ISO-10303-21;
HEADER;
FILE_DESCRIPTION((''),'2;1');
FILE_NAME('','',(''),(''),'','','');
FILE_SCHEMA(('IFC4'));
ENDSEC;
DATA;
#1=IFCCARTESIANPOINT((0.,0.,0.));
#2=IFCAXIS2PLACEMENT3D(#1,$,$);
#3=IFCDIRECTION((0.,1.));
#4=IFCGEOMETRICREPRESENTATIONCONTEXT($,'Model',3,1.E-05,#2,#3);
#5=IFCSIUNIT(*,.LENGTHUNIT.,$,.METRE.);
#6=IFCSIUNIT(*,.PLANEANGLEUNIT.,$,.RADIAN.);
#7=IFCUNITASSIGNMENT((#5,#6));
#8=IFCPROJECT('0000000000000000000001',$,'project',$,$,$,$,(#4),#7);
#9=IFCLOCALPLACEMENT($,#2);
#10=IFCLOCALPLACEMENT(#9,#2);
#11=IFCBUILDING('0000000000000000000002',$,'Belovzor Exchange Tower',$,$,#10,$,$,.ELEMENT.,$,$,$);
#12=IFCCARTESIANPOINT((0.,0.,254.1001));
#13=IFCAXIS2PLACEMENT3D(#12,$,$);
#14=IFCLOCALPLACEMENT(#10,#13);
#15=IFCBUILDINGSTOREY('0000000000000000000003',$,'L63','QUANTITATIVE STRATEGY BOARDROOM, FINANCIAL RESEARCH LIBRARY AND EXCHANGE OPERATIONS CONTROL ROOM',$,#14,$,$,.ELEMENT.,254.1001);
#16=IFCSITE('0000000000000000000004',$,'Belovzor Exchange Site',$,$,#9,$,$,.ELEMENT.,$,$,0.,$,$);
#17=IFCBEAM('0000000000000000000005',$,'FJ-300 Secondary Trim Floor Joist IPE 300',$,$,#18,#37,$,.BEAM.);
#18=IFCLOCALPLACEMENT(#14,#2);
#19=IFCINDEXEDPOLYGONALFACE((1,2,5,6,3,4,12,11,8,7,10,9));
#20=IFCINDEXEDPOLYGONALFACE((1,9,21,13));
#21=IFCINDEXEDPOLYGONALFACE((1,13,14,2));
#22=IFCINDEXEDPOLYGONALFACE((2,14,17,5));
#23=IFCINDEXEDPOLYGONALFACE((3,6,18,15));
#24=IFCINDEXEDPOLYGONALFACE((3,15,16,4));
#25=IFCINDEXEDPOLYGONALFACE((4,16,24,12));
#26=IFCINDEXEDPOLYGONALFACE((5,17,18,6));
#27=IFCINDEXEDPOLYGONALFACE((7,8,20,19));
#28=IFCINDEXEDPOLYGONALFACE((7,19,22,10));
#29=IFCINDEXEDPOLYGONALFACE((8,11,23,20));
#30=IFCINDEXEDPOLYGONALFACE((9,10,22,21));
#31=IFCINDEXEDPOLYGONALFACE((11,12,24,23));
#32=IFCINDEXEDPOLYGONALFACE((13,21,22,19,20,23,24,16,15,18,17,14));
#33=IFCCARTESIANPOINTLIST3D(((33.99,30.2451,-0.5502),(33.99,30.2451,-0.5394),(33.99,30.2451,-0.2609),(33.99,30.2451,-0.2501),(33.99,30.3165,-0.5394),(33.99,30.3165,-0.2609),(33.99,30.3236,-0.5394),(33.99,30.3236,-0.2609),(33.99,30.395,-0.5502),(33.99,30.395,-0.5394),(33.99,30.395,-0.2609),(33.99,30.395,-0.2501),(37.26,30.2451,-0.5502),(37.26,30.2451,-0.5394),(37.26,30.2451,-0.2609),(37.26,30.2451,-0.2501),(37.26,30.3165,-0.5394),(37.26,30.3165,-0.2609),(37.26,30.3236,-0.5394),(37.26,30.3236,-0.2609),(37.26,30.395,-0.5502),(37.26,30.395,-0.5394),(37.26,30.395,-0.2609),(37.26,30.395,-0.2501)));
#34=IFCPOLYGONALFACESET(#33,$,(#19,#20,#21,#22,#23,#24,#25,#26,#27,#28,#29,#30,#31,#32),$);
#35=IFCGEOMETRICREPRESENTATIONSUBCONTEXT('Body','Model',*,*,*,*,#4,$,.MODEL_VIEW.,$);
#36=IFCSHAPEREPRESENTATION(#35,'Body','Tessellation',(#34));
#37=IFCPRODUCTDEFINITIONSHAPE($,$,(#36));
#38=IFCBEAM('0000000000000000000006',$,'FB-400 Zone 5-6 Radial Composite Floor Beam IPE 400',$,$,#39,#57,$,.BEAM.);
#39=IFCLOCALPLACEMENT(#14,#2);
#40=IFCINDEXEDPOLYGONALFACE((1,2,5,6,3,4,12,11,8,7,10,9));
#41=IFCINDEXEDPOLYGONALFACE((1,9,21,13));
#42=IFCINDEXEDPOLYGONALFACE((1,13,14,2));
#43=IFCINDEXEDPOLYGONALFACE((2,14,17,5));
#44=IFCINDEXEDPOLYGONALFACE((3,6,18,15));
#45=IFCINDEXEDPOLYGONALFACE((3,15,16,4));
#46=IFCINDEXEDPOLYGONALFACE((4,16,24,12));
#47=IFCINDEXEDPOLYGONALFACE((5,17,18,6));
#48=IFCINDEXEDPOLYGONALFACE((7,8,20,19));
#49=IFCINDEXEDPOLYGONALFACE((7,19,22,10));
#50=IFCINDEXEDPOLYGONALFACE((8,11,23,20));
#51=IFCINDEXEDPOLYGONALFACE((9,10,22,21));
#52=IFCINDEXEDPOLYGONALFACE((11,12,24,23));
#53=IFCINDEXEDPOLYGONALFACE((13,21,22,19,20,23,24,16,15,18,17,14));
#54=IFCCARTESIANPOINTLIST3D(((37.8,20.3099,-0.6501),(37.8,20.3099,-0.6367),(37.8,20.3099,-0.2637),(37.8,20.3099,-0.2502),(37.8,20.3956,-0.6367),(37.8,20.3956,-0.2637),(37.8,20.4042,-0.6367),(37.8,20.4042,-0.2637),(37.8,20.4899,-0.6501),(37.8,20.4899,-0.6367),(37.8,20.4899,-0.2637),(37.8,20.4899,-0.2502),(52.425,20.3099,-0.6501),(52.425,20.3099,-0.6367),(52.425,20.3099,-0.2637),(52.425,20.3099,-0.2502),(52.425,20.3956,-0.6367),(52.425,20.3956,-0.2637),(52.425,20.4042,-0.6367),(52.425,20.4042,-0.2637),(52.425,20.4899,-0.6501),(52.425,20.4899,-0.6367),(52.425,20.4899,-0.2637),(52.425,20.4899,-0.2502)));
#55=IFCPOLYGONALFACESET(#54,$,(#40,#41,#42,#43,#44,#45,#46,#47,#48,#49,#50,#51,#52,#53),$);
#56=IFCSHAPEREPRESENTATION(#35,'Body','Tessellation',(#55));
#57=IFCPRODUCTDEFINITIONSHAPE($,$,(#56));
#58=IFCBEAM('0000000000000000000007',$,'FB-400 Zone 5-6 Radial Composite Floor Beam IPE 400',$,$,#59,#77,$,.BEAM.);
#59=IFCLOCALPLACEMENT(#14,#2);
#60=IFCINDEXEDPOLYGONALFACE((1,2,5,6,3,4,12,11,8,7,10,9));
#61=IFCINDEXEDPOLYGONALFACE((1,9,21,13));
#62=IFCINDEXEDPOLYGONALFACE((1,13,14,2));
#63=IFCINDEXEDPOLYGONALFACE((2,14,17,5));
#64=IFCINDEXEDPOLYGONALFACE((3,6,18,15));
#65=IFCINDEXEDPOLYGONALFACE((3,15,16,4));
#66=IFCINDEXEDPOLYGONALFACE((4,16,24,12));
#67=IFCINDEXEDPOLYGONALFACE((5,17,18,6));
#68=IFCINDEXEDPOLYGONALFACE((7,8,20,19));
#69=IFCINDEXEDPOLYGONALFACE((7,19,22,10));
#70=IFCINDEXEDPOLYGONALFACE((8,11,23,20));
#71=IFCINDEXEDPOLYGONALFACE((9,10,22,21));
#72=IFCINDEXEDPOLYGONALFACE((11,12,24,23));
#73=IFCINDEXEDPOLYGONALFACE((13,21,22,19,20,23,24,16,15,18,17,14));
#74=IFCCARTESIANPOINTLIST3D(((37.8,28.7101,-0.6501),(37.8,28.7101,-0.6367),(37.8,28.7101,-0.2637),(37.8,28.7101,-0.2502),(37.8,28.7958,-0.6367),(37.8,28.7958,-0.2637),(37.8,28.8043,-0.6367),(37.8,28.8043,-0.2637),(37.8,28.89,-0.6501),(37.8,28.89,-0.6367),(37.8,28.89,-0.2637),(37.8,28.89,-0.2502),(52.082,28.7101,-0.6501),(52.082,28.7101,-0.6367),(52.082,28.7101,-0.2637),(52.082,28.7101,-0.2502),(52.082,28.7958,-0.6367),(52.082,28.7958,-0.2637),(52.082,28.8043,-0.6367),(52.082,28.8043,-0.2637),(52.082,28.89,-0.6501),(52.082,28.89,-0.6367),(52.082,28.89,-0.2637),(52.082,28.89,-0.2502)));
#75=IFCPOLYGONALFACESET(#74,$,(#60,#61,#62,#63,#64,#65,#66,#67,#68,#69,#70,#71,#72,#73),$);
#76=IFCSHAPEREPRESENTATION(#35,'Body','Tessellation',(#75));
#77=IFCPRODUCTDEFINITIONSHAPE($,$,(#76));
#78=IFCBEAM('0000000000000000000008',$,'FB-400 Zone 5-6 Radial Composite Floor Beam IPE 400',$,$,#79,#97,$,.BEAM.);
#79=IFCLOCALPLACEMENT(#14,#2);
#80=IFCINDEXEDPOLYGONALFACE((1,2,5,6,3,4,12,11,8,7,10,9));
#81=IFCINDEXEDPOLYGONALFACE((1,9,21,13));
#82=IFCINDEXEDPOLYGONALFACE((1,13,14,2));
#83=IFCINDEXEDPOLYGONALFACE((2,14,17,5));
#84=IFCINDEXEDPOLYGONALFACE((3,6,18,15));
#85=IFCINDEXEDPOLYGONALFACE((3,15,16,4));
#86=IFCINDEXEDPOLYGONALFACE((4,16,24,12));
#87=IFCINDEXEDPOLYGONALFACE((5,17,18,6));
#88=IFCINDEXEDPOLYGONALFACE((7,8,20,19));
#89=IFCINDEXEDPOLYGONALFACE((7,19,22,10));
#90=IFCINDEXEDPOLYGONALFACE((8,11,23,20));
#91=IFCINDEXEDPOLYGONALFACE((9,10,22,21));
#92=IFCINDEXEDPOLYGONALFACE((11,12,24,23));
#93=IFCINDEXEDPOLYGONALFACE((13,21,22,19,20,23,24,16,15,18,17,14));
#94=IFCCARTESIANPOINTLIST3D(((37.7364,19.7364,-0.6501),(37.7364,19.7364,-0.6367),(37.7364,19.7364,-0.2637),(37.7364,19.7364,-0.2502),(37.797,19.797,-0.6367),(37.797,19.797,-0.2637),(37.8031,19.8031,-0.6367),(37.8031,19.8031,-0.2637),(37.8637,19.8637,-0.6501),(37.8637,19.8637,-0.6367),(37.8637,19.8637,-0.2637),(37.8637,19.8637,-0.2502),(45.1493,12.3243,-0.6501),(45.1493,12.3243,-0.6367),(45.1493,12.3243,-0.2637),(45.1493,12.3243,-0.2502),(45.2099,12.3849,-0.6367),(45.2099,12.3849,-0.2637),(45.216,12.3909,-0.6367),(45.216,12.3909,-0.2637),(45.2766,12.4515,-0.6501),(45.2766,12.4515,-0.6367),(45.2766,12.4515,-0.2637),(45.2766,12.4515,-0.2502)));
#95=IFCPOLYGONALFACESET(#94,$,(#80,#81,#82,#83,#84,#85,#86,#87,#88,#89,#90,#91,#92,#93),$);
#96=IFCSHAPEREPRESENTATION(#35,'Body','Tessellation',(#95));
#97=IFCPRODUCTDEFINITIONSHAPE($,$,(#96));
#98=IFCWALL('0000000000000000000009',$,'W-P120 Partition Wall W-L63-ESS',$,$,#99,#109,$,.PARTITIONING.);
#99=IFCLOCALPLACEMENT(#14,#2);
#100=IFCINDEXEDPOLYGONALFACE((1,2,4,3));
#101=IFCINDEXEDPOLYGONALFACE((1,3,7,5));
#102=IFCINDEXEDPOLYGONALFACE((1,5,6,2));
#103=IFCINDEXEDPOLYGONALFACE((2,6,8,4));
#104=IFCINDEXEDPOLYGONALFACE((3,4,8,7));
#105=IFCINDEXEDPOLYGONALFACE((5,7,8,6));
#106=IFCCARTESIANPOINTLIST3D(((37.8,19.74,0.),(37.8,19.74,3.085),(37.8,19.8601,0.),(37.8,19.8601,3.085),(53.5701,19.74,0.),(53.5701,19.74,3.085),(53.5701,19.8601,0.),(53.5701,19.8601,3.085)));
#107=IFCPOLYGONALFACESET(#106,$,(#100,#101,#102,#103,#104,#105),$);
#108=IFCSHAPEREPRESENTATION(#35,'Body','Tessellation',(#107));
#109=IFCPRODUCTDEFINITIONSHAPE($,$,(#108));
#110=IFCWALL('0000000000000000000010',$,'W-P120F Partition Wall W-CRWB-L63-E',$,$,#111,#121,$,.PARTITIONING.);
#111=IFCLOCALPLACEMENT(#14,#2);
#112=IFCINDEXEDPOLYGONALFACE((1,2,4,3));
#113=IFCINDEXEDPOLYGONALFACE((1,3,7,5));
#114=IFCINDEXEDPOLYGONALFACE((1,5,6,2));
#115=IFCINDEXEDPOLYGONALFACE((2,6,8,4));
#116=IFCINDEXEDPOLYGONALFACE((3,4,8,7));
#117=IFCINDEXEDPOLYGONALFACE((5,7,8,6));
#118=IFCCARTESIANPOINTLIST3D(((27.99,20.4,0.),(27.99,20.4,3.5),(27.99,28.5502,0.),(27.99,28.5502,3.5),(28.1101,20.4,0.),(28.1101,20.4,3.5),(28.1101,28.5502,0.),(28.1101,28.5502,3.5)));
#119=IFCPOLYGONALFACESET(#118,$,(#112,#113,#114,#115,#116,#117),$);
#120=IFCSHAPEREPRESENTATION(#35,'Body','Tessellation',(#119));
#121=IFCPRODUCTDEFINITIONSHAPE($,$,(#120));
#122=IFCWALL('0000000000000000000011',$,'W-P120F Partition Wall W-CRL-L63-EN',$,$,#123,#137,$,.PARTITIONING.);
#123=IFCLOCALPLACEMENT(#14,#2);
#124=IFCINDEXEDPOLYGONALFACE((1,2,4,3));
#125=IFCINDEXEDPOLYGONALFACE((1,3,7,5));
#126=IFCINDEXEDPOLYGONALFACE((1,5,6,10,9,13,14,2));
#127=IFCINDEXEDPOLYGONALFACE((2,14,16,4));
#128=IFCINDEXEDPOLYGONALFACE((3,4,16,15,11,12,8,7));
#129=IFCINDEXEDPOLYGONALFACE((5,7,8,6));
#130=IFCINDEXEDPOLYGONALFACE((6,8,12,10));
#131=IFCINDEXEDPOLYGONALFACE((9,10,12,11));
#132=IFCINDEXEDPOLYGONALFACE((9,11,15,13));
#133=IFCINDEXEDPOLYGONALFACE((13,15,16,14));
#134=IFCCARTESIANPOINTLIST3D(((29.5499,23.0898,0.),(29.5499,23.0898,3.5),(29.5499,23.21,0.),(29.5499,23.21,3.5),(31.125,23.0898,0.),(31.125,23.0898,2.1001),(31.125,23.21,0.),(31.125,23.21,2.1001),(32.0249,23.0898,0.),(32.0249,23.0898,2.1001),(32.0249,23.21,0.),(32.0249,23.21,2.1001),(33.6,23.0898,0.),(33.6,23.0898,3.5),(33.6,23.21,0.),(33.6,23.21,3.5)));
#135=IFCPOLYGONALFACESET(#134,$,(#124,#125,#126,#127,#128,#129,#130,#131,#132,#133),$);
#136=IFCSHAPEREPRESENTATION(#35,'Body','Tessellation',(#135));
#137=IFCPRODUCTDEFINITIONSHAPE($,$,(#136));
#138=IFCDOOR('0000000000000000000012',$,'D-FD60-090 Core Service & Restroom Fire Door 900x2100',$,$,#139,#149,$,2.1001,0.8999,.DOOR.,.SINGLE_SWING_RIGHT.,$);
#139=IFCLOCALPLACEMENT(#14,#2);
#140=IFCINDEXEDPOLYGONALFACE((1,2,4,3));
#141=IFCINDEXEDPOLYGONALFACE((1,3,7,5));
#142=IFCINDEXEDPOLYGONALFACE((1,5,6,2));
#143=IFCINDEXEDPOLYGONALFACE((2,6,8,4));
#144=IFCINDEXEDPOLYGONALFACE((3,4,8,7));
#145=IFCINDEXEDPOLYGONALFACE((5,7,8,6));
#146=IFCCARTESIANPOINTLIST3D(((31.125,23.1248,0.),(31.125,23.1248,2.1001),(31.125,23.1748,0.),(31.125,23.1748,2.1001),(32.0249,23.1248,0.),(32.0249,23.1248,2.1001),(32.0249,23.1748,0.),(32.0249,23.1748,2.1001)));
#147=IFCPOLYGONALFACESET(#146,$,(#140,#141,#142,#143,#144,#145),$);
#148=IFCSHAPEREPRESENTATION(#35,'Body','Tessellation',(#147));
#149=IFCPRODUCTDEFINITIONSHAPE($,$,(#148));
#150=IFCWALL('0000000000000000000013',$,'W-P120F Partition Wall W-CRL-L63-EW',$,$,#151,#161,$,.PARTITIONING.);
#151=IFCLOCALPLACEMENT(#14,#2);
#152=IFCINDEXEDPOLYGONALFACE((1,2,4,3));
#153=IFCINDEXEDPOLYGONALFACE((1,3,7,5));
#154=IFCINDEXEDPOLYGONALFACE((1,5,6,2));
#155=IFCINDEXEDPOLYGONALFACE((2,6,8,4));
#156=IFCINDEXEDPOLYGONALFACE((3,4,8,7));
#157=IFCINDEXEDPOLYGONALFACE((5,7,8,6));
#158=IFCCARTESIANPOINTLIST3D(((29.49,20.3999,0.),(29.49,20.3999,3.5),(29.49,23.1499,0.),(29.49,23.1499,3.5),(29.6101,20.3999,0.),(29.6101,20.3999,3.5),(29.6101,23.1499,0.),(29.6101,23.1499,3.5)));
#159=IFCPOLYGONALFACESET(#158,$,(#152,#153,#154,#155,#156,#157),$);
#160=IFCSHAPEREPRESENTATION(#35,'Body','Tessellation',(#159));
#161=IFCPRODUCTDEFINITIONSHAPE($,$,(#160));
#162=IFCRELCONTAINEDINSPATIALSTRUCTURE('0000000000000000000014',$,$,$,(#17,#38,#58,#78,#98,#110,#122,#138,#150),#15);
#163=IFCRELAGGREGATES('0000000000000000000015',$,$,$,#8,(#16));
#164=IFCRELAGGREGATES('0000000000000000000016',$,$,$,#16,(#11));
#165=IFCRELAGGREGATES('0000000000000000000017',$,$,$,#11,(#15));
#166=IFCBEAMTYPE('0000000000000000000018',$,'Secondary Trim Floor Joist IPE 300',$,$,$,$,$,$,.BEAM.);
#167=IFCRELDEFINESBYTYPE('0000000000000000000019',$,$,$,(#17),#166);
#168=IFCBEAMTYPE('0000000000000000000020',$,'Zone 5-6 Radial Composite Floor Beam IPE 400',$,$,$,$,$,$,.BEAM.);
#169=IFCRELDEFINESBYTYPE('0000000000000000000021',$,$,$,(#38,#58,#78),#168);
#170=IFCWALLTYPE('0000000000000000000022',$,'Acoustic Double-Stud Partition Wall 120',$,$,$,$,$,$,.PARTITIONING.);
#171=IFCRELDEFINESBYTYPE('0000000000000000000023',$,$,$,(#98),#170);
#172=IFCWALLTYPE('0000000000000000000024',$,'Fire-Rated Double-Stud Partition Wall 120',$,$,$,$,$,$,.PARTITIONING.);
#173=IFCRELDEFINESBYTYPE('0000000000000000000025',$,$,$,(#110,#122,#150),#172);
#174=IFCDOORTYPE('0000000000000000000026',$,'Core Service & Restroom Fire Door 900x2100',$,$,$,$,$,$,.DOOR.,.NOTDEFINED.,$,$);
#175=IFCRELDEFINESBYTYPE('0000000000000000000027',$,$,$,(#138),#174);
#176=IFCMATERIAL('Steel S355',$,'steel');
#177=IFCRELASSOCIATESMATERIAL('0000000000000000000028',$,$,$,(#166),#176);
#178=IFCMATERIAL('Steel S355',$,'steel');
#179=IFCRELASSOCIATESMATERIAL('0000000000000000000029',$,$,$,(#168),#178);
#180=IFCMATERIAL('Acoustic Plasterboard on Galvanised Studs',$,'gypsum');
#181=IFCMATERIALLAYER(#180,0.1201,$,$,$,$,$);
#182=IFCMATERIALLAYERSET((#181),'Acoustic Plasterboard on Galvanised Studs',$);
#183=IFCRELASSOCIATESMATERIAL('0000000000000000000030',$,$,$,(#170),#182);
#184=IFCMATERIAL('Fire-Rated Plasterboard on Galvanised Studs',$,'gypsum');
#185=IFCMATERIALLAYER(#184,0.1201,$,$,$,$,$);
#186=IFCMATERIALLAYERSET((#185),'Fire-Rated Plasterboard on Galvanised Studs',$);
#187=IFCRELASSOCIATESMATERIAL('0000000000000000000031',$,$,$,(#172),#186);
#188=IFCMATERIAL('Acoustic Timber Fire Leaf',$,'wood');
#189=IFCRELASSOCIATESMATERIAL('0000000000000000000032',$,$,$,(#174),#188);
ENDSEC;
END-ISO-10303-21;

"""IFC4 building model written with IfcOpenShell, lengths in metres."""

from ifc_helpers import new_model, si_unit, direction, frame, frame_2d, origin, origin_2d, place, context, subcontext, project, spatial, rectangle, i_section, extrude, material, layer, layer_set, material_profile, profile_set, type_object, element, fill, save


model = new_model("IFC4")

# Units and contexts
model_context = context("Model", 3, precision=1e-05, world=origin(), true_north=direction((0.0, 1.0)))
body_context = subcontext(model_context, "Body", "Model", "MODEL_VIEW")
ifc_project = project(units=[si_unit("LENGTHUNIT", "METRE"), si_unit("PLANEANGLEUNIT", "RADIAN")], contexts=[model_context])

# Site, building, storey
site_placement = place(None, origin())
site = spatial("IfcSite", under=ifc_project, at=site_placement, Name="Belovzor Exchange Site", CompositionType="ELEMENT", RefElevation=0.0)
building_placement = place(site_placement, origin())
building = spatial("IfcBuilding", under=site, at=building_placement, Name="Belovzor Exchange Tower", CompositionType="ELEMENT")
storey_placement = place(building_placement, frame((0.0, 0.0, 254.1001)))
storey = spatial("IfcBuildingStorey", under=building, at=storey_placement, Name="L63", Description="QUANTITATIVE STRATEGY BOARDROOM, FINANCIAL RESEARCH LIBRARY AND EXCHANGE OPERATIONS CONTROL ROOM", CompositionType="ELEMENT", Elevation=254.1001)

# Beams
ifc_material_1 = material(Name="Steel S355", Category="steel")
ifc_material_profile_1 = material_profile(ifc_material_1, i_section(OverallWidth=0.1499, OverallDepth=0.3, WebThickness=0.0071, FlangeThickness=0.0107, at=origin_2d()))
ifc_profile_set_1 = profile_set([ifc_material_profile_1], Name="Steel S355")
beam_type_1 = type_object("IfcBeamType", Name="Secondary Trim Floor Joist IPE 300", PredefinedType="BEAM", material=ifc_profile_set_1)
beam_1_placement = place(storey_placement, frame((37.26, 30.3201, -0.4001), z_axis=(-1.0, 0.0, 0.0), x_axis=(0.0, -1.0, 0.0)))
element("IfcBeam", 1, at=beam_1_placement, inside=storey, type_object=beam_type_1, Name="FJ-300 Secondary Trim Floor Joist IPE 300", PredefinedType="BEAM", context=body_context, shape_type="SweptSolid", body=[
    extrude(i_section(OverallWidth=0.1499, OverallDepth=0.3, WebThickness=0.0071, FlangeThickness=0.0107, at=origin_2d()), origin(), (0.0, 0.0, 1.0), 3.27),
])
ifc_material_2 = material(Name="Steel S355", Category="steel")
ifc_material_profile_2 = material_profile(ifc_material_2, i_section(OverallWidth=0.1799, OverallDepth=0.3999, WebThickness=0.0085, FlangeThickness=0.0134, at=origin_2d()))
ifc_profile_set_2 = profile_set([ifc_material_profile_2], Name="Steel S355")
beam_type_2 = type_object("IfcBeamType", Name="Zone 5-6 Radial Composite Floor Beam IPE 400", PredefinedType="BEAM", material=ifc_profile_set_2)
beam_2_placement = place(storey_placement, frame((37.8, 20.3999, -0.4502), z_axis=(1.0, 0.0, 0.0), x_axis=(0.0, 1.0, 0.0)))
element("IfcBeam", 2, at=beam_2_placement, inside=storey, type_object=beam_type_2, Name="FB-400 Zone 5-6 Radial Composite Floor Beam IPE 400", PredefinedType="BEAM", context=body_context, shape_type="SweptSolid", body=[
    extrude(i_section(OverallWidth=0.1799, OverallDepth=0.3999, WebThickness=0.0085, FlangeThickness=0.0134, at=origin_2d()), origin(), (0.0, 0.0, 1.0), 14.625),
])
beam_3_placement = place(storey_placement, frame((37.8, 28.8, -0.4502), z_axis=(1.0, 0.0, 0.0), x_axis=(0.0, 1.0, 0.0)))
element("IfcBeam", 3, at=beam_3_placement, inside=storey, type_object=beam_type_2, Name="FB-400 Zone 5-6 Radial Composite Floor Beam IPE 400", PredefinedType="BEAM", context=body_context, shape_type="SweptSolid", body=[
    extrude(i_section(OverallWidth=0.1799, OverallDepth=0.3999, WebThickness=0.0085, FlangeThickness=0.0134, at=origin_2d()), origin(), (0.0, 0.0, 1.0), 14.282),
])
beam_4_placement = place(storey_placement, frame((37.8, 19.8, -0.4502), z_axis=(0.707142, -0.707072, 0.0), x_axis=(0.707072, 0.707142, 0.0)))
element("IfcBeam", 4, at=beam_4_placement, inside=storey, type_object=beam_type_2, Name="FB-400 Zone 5-6 Radial Composite Floor Beam IPE 400", PredefinedType="BEAM", context=body_context, shape_type="SweptSolid", body=[
    extrude(i_section(OverallWidth=0.1799, OverallDepth=0.3999, WebThickness=0.0085, FlangeThickness=0.0134, at=origin_2d()), origin(), (0.0, 0.0, 1.0), 10.4829),
])

# Walls
ifc_material_3 = material(Name="Acoustic Plasterboard on Galvanised Studs", Category="gypsum")
ifc_layer_1 = layer(ifc_material_3, 0.1201)
ifc_layer_set_1 = layer_set([ifc_layer_1], Name="Acoustic Plasterboard on Galvanised Studs")
wall_type_1 = type_object("IfcWallType", Name="Acoustic Double-Stud Partition Wall 120", PredefinedType="PARTITIONING", material=ifc_layer_set_1)
wall_1_placement = place(storey_placement, frame((37.8, 19.8, 0.0), z_axis=(0.0, 0.0, 1.0), x_axis=(1.0, 0.0, 0.0)))
element("IfcWall", 5, at=wall_1_placement, inside=storey, type_object=wall_type_1, Name="W-P120 Partition Wall W-L63-ESS", PredefinedType="PARTITIONING", context=body_context, shape_type="SweptSolid", body=[
    extrude(rectangle(XDim=15.77, YDim=0.1201, at=frame_2d((7.885, 0.0))), origin(), (0.0, 0.0, 1.0), 3.085),
])
ifc_material_4 = material(Name="Fire-Rated Plasterboard on Galvanised Studs", Category="gypsum")
ifc_layer_2 = layer(ifc_material_4, 0.1201)
ifc_layer_set_2 = layer_set([ifc_layer_2], Name="Fire-Rated Plasterboard on Galvanised Studs")
wall_type_2 = type_object("IfcWallType", Name="Fire-Rated Double-Stud Partition Wall 120", PredefinedType="PARTITIONING", material=ifc_layer_set_2)
wall_2_placement = place(storey_placement, frame((28.05, 20.3999, 0.0), z_axis=(0.0, 0.0, 1.0), x_axis=(0.0, 1.0, 0.0)))
element("IfcWall", 6, at=wall_2_placement, inside=storey, type_object=wall_type_2, Name="W-P120F Partition Wall W-CRWB-L63-E", PredefinedType="PARTITIONING", context=body_context, shape_type="SweptSolid", body=[
    extrude(rectangle(XDim=8.1501, YDim=0.1201, at=frame_2d((4.0752, 0.0))), origin(), (0.0, 0.0, 1.0), 3.5),
])

# Wall, opening, door
wall_3_placement = place(storey_placement, frame((29.55, 23.1499, 0.0), z_axis=(0.0, 0.0, 1.0), x_axis=(1.0, 0.0, 0.0)))
wall_3 = element("IfcWall", 7, at=wall_3_placement, inside=storey, type_object=wall_type_2, Name="W-P120F Partition Wall W-CRL-L63-EN", PredefinedType="PARTITIONING", context=body_context, shape_type="SweptSolid", body=[
    extrude(rectangle(XDim=4.05, YDim=0.1201, at=frame_2d((2.0249, 0.0))), origin(), (0.0, 0.0, 1.0), 3.5),
])
opening_1_placement = place(wall_3_placement, frame((1.575, 0.0, 0.0)))
opening_1 = element("IfcOpeningElement", 8, at=opening_1_placement, cuts=wall_3, PredefinedType="OPENING", context=body_context, shape_type="SweptSolid", body=[
    extrude(rectangle(XDim=0.8999, YDim=2.1001, at=frame_2d((0.45, 1.05))), frame((0.0, 0.0701, 0.0), z_axis=(0.0, -1.0, 0.0), x_axis=(1.0, 0.0, 0.0)), (0.0, 0.0, 1.0), 0.1401),
])
ifc_material_5 = material(Name="Acoustic Timber Fire Leaf", Category="wood")
door_type_1 = type_object("IfcDoorType", Name="Core Service & Restroom Fire Door 900x2100", OperationType="NOTDEFINED", PredefinedType="DOOR", material=ifc_material_5)
door_1_placement = place(opening_1_placement, origin())
door_1 = element("IfcDoor", 9, at=door_1_placement, inside=storey, type_object=door_type_1, Name="D-FD60-090 Core Service & Restroom Fire Door 900x2100", OperationType="SINGLE_SWING_RIGHT", OverallHeight=2.1001, OverallWidth=0.8999, PredefinedType="DOOR", context=body_context, shape_type="SweptSolid", body=[
    extrude(rectangle(XDim=0.8999, YDim=2.1001, at=frame_2d((0.45, 1.05))), frame((0.0, 0.0249, 0.0), z_axis=(0.0, -1.0, 0.0), x_axis=(1.0, 0.0, 0.0)), (0.0, 0.0, 1.0), 0.05),
])
fill(opening_1, door_1)

# Wall
wall_4_placement = place(storey_placement, frame((29.55, 20.3999, 0.0), z_axis=(0.0, 0.0, 1.0), x_axis=(0.0, 1.0, 0.0)))
element("IfcWall", 10, at=wall_4_placement, inside=storey, type_object=wall_type_2, Name="W-P120F Partition Wall W-CRL-L63-EW", PredefinedType="PARTITIONING", context=body_context, shape_type="SweptSolid", body=[
    extrude(rectangle(XDim=2.75, YDim=0.1201, at=frame_2d((1.375, 0.0))), origin(), (0.0, 0.0, 1.0), 3.5),
])

save(model, "model.ifc")
